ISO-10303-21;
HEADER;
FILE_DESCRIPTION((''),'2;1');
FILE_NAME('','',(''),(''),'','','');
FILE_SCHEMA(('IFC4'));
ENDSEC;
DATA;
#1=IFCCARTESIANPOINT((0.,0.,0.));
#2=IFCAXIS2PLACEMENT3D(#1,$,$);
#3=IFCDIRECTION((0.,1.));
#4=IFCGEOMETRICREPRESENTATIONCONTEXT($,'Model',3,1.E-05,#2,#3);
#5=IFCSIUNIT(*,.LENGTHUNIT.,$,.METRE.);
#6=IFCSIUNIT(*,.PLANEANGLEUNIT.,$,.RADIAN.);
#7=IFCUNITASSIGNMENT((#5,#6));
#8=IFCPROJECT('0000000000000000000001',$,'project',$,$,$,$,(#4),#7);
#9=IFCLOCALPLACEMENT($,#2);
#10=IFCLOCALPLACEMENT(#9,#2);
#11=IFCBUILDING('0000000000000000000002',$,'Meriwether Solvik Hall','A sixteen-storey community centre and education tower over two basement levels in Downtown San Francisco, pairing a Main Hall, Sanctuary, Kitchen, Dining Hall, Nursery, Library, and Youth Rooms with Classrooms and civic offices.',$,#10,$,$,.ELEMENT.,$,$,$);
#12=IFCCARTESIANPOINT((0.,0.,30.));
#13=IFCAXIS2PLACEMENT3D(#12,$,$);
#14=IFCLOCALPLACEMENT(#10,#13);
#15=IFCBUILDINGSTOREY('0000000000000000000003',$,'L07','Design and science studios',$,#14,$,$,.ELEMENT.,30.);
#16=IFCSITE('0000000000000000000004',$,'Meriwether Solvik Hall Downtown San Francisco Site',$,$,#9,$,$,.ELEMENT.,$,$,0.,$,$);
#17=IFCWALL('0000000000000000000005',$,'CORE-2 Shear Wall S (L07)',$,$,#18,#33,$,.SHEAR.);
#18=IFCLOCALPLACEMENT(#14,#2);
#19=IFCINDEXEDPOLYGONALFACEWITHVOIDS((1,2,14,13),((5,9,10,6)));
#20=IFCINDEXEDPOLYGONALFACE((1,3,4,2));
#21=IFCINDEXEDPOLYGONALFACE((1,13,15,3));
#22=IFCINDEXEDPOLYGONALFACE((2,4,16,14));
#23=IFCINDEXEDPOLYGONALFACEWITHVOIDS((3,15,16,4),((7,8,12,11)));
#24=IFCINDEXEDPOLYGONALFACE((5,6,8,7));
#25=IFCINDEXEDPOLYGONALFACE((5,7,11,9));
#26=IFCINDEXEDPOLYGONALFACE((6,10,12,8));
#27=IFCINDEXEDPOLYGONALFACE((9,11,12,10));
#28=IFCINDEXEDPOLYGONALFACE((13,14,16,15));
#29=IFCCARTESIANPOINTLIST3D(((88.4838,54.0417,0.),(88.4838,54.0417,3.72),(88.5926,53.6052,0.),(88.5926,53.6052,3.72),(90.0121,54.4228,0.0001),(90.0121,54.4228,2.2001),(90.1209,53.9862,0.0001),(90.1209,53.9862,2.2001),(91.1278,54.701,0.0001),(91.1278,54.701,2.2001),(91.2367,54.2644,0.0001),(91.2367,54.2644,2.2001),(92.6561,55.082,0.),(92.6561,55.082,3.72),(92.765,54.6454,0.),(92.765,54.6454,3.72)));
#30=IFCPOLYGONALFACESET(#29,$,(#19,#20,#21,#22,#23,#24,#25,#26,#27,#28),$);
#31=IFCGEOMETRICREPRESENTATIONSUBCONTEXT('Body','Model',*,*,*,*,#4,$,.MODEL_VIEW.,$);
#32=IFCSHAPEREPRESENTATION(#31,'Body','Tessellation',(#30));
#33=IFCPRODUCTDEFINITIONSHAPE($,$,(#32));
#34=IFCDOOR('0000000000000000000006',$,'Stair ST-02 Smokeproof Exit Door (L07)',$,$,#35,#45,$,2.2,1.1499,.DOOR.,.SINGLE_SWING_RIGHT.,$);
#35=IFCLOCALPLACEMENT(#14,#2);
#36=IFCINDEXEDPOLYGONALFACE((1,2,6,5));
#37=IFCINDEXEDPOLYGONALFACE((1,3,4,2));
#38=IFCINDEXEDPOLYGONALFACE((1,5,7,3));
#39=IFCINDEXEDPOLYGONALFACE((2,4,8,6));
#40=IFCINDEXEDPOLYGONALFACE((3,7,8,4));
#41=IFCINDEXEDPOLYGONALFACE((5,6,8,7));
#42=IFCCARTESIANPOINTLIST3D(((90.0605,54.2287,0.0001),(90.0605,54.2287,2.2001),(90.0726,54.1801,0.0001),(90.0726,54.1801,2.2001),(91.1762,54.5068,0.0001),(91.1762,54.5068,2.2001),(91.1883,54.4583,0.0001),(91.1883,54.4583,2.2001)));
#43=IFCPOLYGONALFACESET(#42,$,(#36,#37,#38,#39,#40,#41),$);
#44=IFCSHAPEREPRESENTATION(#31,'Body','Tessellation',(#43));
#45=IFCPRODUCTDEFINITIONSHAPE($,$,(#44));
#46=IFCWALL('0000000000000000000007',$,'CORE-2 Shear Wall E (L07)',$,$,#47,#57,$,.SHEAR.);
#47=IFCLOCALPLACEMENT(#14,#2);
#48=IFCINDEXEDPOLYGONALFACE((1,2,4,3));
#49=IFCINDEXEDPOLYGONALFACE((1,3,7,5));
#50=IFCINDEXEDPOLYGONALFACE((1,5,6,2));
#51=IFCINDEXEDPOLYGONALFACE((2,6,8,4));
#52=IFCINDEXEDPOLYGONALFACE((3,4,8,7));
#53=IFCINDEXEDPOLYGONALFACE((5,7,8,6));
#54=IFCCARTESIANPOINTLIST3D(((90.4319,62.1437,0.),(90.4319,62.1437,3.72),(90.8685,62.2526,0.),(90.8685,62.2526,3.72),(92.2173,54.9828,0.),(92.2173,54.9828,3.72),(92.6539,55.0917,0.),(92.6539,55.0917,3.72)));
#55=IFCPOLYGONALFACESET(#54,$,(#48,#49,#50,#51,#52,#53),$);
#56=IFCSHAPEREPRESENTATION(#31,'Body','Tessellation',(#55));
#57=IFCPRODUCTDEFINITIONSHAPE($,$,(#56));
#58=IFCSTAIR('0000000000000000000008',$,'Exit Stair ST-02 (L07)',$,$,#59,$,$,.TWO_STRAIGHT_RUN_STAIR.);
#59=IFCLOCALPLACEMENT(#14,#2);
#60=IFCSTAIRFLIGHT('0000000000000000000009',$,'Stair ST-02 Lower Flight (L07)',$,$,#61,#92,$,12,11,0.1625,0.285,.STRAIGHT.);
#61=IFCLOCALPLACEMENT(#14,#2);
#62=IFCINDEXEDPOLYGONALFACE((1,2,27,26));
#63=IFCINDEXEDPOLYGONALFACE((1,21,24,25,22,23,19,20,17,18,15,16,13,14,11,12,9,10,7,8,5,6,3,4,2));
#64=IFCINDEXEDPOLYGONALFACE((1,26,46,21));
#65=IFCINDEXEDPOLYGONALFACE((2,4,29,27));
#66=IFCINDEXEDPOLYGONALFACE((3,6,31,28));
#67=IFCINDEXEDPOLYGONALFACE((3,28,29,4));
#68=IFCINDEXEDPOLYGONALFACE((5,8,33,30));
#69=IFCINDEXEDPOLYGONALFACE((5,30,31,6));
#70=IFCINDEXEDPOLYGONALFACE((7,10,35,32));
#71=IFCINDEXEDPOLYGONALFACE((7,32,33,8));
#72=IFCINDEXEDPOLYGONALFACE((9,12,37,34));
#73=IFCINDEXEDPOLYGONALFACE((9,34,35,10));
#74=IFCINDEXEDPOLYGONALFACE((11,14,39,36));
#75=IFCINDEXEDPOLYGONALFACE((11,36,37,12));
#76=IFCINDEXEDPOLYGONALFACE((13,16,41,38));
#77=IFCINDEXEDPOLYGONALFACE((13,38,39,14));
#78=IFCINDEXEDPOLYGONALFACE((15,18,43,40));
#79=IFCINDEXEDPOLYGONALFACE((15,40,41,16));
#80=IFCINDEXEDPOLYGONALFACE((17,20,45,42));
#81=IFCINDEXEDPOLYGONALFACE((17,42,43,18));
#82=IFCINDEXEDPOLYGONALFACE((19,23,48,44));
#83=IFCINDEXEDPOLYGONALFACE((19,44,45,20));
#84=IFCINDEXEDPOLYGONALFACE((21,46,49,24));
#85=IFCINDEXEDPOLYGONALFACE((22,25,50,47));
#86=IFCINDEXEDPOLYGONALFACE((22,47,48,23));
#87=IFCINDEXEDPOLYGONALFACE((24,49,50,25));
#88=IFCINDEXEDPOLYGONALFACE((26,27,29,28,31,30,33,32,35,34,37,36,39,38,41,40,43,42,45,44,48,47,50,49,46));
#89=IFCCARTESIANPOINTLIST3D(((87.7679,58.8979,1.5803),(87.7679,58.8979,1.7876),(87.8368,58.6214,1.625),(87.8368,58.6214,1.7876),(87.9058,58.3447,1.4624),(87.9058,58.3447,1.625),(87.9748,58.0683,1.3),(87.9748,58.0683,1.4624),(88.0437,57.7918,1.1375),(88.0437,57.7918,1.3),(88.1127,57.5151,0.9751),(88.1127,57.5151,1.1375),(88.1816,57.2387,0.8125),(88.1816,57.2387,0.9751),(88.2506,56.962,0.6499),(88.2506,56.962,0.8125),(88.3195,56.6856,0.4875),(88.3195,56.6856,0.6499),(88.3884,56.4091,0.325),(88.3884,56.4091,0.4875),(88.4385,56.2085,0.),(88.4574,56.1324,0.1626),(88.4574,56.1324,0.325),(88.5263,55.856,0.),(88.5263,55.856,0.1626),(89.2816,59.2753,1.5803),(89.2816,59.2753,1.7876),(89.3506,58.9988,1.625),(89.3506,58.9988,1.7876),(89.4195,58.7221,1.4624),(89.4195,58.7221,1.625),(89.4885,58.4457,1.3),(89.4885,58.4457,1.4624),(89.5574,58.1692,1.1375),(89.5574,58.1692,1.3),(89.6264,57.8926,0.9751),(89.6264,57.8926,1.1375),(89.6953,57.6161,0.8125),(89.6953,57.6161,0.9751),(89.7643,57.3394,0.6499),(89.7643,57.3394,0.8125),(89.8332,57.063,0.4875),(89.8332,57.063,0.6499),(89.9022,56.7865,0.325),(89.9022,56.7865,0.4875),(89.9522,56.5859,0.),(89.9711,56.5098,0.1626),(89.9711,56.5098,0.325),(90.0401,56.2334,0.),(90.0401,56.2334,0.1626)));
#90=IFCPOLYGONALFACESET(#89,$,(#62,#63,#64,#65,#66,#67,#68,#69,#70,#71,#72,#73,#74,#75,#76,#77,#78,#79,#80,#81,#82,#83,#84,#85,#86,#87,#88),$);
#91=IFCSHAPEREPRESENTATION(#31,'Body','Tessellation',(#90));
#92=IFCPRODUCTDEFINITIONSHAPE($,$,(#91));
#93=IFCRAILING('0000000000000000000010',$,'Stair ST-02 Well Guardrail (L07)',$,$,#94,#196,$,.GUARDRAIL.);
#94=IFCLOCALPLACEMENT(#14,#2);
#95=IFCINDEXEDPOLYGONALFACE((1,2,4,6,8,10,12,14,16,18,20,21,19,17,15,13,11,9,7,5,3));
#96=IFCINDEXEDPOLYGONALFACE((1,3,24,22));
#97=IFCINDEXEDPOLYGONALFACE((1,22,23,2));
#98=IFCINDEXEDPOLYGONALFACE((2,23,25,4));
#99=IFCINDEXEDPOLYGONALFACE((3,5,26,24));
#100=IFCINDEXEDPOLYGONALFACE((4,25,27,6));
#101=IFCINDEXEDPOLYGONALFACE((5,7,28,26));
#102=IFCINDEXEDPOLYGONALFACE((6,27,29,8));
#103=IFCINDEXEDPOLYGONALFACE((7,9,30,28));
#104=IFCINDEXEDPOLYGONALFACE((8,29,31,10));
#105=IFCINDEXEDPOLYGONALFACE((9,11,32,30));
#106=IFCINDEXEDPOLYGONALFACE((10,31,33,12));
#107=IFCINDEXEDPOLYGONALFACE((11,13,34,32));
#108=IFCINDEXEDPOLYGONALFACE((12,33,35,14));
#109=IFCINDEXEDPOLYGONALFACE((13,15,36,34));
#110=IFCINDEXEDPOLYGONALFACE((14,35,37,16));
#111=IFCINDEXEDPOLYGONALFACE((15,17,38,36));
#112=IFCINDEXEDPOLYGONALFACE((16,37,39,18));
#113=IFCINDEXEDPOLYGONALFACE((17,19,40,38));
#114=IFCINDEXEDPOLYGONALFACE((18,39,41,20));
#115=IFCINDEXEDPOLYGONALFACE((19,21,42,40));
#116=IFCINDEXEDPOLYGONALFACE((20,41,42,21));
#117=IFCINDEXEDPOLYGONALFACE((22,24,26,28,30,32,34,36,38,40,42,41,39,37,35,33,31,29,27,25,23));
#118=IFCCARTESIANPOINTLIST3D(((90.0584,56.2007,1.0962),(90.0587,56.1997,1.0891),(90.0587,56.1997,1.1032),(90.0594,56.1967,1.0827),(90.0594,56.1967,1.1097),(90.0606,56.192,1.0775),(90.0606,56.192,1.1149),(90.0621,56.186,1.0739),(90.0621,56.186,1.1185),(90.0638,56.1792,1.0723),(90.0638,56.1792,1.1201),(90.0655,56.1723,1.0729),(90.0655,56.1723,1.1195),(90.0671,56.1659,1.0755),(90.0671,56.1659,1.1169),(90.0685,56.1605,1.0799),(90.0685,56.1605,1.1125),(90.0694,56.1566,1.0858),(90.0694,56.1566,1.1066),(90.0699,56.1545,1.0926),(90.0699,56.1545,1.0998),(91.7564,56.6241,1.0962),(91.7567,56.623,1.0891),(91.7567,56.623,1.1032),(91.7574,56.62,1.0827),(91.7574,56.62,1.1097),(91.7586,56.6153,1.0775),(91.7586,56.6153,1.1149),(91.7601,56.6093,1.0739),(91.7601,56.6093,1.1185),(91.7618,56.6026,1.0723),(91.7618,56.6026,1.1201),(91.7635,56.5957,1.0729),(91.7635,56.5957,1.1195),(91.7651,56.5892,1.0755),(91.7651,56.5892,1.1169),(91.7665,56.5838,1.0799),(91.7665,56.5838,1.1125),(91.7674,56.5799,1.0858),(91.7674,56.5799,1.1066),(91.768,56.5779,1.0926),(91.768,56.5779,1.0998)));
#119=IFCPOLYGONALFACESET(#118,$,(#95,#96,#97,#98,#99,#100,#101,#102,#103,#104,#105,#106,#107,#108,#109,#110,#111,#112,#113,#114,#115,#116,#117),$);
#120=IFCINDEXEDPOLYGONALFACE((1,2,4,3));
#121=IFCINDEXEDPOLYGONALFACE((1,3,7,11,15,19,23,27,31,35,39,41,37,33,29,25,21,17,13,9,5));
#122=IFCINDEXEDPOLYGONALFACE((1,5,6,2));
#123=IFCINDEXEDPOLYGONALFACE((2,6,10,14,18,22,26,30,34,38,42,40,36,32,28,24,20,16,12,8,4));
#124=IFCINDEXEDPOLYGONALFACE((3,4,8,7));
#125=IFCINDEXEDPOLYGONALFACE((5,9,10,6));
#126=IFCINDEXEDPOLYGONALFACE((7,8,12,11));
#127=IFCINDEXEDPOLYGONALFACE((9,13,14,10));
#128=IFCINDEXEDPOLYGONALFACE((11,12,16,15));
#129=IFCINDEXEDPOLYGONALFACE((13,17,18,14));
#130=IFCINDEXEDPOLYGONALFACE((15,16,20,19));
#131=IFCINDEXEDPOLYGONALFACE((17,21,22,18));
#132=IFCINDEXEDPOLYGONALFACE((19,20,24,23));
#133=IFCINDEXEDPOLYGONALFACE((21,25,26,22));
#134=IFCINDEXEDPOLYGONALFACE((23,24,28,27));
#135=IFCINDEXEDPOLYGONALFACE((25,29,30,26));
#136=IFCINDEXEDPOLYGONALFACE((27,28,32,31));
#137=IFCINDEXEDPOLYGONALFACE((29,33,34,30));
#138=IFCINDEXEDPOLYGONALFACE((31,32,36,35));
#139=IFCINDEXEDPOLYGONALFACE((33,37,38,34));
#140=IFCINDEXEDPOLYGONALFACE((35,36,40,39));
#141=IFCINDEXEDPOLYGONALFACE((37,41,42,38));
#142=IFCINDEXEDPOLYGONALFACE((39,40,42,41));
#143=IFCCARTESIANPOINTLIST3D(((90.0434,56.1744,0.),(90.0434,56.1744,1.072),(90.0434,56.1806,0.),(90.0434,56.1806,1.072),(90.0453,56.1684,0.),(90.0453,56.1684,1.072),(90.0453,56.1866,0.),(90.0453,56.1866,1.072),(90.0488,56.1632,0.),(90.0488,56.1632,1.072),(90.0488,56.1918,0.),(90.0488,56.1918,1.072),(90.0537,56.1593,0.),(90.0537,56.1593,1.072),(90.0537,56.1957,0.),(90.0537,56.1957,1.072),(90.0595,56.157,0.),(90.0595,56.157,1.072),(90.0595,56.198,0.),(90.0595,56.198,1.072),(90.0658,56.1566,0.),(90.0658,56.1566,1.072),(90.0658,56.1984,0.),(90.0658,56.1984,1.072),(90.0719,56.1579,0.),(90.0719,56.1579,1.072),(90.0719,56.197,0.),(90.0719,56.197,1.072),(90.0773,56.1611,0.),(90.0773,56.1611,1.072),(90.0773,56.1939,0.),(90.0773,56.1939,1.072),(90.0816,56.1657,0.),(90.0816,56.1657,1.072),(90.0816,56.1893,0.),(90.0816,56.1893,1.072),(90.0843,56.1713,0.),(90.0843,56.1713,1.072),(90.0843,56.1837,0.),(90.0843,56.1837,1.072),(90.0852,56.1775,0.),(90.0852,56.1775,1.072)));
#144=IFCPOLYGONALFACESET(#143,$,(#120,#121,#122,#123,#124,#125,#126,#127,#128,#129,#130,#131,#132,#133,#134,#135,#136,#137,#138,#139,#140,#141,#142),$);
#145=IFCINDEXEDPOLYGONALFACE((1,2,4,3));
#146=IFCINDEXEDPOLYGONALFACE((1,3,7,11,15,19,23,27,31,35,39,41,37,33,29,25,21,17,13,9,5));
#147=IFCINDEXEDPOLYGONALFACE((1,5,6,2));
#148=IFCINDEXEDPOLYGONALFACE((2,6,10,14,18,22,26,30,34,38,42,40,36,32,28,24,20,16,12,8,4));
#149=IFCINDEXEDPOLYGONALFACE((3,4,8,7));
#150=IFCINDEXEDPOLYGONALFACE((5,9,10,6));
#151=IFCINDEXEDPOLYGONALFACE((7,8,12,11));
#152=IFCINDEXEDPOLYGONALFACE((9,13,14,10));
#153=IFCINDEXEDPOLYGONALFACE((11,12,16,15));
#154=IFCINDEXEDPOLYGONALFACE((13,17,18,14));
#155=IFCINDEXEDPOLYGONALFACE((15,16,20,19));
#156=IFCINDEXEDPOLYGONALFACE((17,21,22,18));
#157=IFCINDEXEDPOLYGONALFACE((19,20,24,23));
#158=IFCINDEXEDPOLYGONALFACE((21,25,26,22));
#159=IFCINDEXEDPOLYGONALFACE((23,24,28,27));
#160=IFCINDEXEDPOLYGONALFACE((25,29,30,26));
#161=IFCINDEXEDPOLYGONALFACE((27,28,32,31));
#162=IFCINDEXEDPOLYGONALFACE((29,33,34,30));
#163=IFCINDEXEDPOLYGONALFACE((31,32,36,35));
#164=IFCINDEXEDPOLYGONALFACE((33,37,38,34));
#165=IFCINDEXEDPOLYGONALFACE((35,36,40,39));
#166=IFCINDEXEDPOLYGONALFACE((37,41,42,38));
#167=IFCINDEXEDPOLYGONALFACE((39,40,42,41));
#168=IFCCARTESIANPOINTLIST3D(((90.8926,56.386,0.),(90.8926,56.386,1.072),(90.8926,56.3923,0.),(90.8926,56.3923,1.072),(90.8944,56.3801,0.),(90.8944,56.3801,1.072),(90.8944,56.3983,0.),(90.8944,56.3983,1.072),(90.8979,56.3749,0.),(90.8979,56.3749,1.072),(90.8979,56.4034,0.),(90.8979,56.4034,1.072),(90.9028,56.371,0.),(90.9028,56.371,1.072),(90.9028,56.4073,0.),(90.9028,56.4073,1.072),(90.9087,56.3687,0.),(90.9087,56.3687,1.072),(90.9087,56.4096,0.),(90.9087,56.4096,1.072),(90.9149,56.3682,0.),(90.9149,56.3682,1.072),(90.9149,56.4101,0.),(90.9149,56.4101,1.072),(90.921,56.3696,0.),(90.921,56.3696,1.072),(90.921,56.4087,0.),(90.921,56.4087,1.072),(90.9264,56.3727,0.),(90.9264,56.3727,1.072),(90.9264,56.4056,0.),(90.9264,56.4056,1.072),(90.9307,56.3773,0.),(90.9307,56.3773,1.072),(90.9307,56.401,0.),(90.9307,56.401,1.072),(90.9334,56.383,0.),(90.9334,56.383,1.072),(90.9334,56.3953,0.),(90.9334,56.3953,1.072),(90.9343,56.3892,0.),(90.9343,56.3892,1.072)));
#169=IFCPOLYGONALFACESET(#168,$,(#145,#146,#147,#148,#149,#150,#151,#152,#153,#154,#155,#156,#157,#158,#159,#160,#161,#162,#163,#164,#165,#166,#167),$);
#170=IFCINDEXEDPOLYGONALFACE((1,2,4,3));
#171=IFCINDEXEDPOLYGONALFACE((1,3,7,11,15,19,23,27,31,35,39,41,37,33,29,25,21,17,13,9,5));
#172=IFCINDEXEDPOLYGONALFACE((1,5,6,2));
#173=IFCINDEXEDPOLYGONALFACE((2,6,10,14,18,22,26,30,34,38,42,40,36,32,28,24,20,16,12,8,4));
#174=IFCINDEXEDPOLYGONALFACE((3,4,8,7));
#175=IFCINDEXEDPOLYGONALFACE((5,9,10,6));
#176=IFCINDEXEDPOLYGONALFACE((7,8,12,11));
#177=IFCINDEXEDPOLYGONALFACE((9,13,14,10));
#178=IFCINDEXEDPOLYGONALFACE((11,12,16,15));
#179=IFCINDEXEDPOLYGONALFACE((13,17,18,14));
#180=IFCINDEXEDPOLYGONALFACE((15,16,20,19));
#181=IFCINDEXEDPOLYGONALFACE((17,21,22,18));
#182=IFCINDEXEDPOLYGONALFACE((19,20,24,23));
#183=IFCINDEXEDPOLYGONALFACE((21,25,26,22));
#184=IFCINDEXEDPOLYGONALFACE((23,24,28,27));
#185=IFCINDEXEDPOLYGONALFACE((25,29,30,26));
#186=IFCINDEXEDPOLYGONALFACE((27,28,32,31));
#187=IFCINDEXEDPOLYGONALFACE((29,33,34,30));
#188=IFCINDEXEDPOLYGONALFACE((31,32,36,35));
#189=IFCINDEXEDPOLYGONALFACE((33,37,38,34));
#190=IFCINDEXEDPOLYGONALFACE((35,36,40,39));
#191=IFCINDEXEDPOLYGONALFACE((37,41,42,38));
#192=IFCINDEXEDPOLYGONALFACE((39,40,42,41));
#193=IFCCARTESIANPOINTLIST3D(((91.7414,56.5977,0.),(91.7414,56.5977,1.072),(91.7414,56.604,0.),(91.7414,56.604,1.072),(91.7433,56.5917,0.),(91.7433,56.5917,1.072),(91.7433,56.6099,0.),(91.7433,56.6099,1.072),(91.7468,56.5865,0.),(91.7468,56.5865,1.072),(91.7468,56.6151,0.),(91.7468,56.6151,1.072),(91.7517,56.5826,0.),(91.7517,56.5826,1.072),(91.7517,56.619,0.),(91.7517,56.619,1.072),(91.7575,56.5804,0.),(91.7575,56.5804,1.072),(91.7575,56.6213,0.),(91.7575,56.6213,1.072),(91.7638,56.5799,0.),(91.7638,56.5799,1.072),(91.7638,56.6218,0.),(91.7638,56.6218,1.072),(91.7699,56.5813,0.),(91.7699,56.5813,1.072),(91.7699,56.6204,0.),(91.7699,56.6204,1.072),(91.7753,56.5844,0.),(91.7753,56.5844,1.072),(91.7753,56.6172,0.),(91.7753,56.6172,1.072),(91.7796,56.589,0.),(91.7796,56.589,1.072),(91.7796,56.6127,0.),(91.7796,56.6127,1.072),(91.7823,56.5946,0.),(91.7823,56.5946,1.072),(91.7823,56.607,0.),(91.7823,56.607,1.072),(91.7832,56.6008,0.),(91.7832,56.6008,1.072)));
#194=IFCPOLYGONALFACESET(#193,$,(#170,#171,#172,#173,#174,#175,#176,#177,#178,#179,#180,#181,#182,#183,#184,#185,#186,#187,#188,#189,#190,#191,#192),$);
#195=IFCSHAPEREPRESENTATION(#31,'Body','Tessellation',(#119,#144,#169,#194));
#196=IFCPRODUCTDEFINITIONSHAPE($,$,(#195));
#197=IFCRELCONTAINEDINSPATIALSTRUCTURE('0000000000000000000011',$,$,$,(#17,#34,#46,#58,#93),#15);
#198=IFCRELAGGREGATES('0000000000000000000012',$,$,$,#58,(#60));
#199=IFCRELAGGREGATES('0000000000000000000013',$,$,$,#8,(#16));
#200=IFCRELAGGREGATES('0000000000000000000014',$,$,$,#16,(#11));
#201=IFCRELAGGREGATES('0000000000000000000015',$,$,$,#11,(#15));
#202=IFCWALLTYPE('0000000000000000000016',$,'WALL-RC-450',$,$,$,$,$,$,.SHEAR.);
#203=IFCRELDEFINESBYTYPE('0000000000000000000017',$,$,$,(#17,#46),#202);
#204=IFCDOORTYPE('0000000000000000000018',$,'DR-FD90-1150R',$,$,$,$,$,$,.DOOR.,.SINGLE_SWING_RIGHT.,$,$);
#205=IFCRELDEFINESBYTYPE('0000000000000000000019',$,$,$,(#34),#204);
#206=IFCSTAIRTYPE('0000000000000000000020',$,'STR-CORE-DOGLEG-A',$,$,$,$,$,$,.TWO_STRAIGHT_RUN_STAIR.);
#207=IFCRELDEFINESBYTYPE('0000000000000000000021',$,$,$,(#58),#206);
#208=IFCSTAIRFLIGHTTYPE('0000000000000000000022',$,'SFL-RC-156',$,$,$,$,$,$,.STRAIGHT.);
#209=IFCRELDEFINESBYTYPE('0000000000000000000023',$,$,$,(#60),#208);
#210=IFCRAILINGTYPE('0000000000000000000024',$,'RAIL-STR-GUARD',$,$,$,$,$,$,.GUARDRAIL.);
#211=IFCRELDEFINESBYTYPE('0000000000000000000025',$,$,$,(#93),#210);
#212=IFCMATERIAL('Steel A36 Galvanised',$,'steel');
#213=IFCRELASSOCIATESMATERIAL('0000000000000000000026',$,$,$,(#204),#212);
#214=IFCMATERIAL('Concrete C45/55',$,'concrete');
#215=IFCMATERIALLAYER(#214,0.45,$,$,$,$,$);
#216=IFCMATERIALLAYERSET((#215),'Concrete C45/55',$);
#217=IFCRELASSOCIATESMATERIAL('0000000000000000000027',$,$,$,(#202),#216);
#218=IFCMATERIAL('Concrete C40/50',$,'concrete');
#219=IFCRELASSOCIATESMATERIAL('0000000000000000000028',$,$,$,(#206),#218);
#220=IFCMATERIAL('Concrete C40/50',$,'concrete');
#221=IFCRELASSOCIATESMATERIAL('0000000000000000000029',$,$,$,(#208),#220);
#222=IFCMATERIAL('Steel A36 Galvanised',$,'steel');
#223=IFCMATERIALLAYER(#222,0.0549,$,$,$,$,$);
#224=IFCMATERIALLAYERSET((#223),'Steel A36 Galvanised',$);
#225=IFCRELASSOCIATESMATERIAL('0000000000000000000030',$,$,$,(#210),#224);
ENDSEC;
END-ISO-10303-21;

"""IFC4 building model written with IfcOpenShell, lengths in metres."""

from ifc_helpers import new_model, si_unit, direction, frame, frame_2d, origin, origin_2d, place, context, subcontext, project, spatial, polyline, rectangle, circle, outline, extrude, material, layer, layer_set, type_object, element, fill, aggregate, save


model = new_model("IFC4")

# Units and contexts
model_context = context("Model", 3, precision=1e-05, world=origin(), true_north=direction((0.0, 1.0)))
body_context = subcontext(model_context, "Body", "Model", "MODEL_VIEW")
ifc_project = project(units=[si_unit("LENGTHUNIT", "METRE"), si_unit("PLANEANGLEUNIT", "RADIAN")], contexts=[model_context])

# Site, building, storey
site_placement = place(None, origin())
site = spatial("IfcSite", under=ifc_project, at=site_placement, Name="Meriwether Solvik Hall Downtown San Francisco Site", CompositionType="ELEMENT", RefElevation=0.0)
building_placement = place(site_placement, origin())
building = spatial("IfcBuilding", under=site, at=building_placement, Name="Meriwether Solvik Hall", Description="A sixteen-storey community centre and education tower over two basement levels in Downtown San Francisco, pairing a Main Hall, Sanctuary, Kitchen, Dining Hall, Nursery, Library, and Youth Rooms with Classrooms and civic offices.", CompositionType="ELEMENT")
storey_placement = place(building_placement, frame((0.0, 0.0, 30.0)))
storey = spatial("IfcBuildingStorey", under=building, at=storey_placement, Name="L07", Description="Design and science studios", CompositionType="ELEMENT", Elevation=30.0)

# Wall, opening, door
ifc_material_1 = material(Name="Steel A36 Galvanised", Category="steel")
door_type_1 = type_object("IfcDoorType", Name="DR-FD90-1150R", OperationType="SINGLE_SWING_RIGHT", PredefinedType="DOOR", material=ifc_material_1)
ifc_material_2 = material(Name="Concrete C45/55", Category="concrete")
ifc_layer_1 = layer(ifc_material_2, 0.45)
ifc_layer_set_1 = layer_set([ifc_layer_1], Name="Concrete C45/55")
wall_type_1 = type_object("IfcWallType", Name="WALL-RC-450", PredefinedType="SHEAR", material=ifc_layer_set_1)
wall_1_placement = place(storey_placement, frame((88.5383, 53.8235, 0.0), z_axis=(0.0, 0.0, 1.0), x_axis=(0.970296, 0.241921, 0.0)))
wall_1 = element("IfcWall", 1, at=wall_1_placement, inside=storey, type_object=wall_type_1, Name="CORE-2 Shear Wall S (L07)", PredefinedType="SHEAR", context=body_context, shape_type="SweptSolid", body=[
    extrude(rectangle(XDim=4.3, YDim=0.45, at=frame_2d((2.1499, 0.0))), origin(), (0.0, 0.0, 1.0), 3.72),
])
opening_1_placement = place(wall_1_placement, frame((1.575, 0.0, 0.0)))
opening_1 = element("IfcOpeningElement", 2, at=opening_1_placement, cuts=wall_1, PredefinedType="OPENING", context=body_context, shape_type="SweptSolid", body=[
    extrude(rectangle(XDim=1.1499, YDim=2.2, at=frame_2d((0.575, 1.1001))), frame((0.0, 0.2368, 0.0), z_axis=(0.0, -1.0, 0.0), x_axis=(1.0, 0.0, 0.0)), (0.0, 0.0, 1.0), 0.4739),
])
door_1_placement = place(opening_1_placement, origin())
door_1 = element("IfcDoor", 3, at=door_1_placement, inside=storey, type_object=door_type_1, Name="Stair ST-02 Smokeproof Exit Door (L07)", OperationType="SINGLE_SWING_RIGHT", OverallHeight=2.2, OverallWidth=1.1499, PredefinedType="DOOR", context=body_context, shape_type="SweptSolid", body=[
    extrude(rectangle(XDim=1.1499, YDim=2.2, at=frame_2d((0.575, 1.1001))), frame((0.0, 0.0249, 0.0), z_axis=(0.0, -1.0, 0.0), x_axis=(1.0, 0.0, 0.0)), (0.0, 0.0, 1.0), 0.05),
])
fill(opening_1, door_1)

# Wall
wall_2_placement = place(storey_placement, frame((92.4355, 55.0374, 0.0), z_axis=(0.0, 0.0, 1.0), x_axis=(-0.241921, 0.970296, 0.0)))
element("IfcWall", 4, at=wall_2_placement, inside=storey, type_object=wall_type_1, Name="CORE-2 Shear Wall E (L07)", PredefinedType="SHEAR", context=body_context, shape_type="SweptSolid", body=[
    extrude(rectangle(XDim=7.3801, YDim=0.45, at=frame_2d((3.6899, 0.0))), origin(), (0.0, 0.0, 1.0), 3.72),
])

# Stair, stair flight
ifc_material_3 = material(Name="Concrete C40/50", Category="concrete")
stair_type = type_object("IfcStairType", Name="STR-CORE-DOGLEG-A", PredefinedType="TWO_STRAIGHT_RUN_STAIR", material=ifc_material_3)
stair_placement = place(storey_placement, origin())
stair = element("IfcStair", 5, at=stair_placement, inside=storey, type_object=stair_type, Name="Exit Stair ST-02 (L07)", PredefinedType="TWO_STRAIGHT_RUN_STAIR")
ifc_material_4 = material(Name="Concrete C40/50", Category="concrete")
stair_flight_type = type_object("IfcStairFlightType", Name="SFL-RC-156", PredefinedType="STRAIGHT", material=ifc_material_4)
stair_flight_placement = place(storey_placement, frame((89.2832, 56.0447, 0.0), z_axis=(0.0, 0.0, 1.0), x_axis=(-0.241922, 0.970296, 0.0)))
stair_flight = element("IfcStairFlight", 6, at=stair_flight_placement, type_object=stair_flight_type, Name="Stair ST-02 Lower Flight (L07)", NumberOfRisers=12, NumberOfTreads=11, PredefinedType="STRAIGHT", RiserHeight=0.1625, TreadLength=0.285, context=body_context, shape_type="SweptSolid", body=[
    extrude(outline(polyline([(0.0, 0.0), (0.0, 0.1626), (0.2849, 0.1626), (0.2849, 0.325), (0.5701, 0.325), (0.5701, 0.4875), (0.855, 0.4875), (0.855, 0.6499), (1.1399, 0.6499), (1.1399, 0.8125), (1.425, 0.8125), (1.425, 0.9751), (1.71, 0.9751), (1.71, 1.1375), (1.9951, 1.1375), (1.9951, 1.3), (2.28, 1.3), (2.28, 1.4624), (2.5649, 1.4624), (2.5649, 1.625), (2.8501, 1.625), (2.8501, 1.7876), (3.135, 1.7876), (3.135, 1.95), (3.135, 1.5803), (0.3633, 0.0), (0.0, 0.0)])), frame((0.0, 0.78, 0.0), z_axis=(0.0, -1.0, 0.0), x_axis=(1.0, 0.0, 0.0)), (0.0, 0.0, 1.0), 1.5601),
])
aggregate(stair, [stair_flight])

# Railing
ifc_material_5 = material(Name="Steel A36 Galvanised", Category="steel")
ifc_layer_2 = layer(ifc_material_5, 0.0549)
ifc_layer_set_2 = layer_set([ifc_layer_2], Name="Steel A36 Galvanised")
railing_type_1 = type_object("IfcRailingType", Name="RAIL-STR-GUARD", PredefinedType="GUARDRAIL", material=ifc_layer_set_2)
railing_1_placement = place(storey_placement, frame((90.0642, 56.1775, 0.0)))
element("IfcRailing", 7, at=railing_1_placement, inside=storey, type_object=railing_type_1, Name="Stair ST-02 Well Guardrail (L07)", PredefinedType="GUARDRAIL", context=body_context, shape_type="SweptSolid", body=[
    extrude(circle(Radius=0.0239, at=origin_2d()), frame((0.0, 0.0, 1.0962), z_axis=(0.970298, 0.241912, 0.0), x_axis=(-0.241912, 0.970298, 0.0)), (0.0, 0.0, 1.0), 1.75),
    extrude(circle(Radius=0.021, at=origin_2d()), origin(), (0.0, 0.0, 1.0), 1.072),
    extrude(circle(Radius=0.021, at=origin_2d()), frame((0.8491, 0.2117, 0.0)), (0.0, 0.0, 1.0), 1.072),
    extrude(circle(Radius=0.021, at=origin_2d()), frame((1.698, 0.4233, 0.0)), (0.0, 0.0, 1.0), 1.072),
])

save(model, "model.ifc")
